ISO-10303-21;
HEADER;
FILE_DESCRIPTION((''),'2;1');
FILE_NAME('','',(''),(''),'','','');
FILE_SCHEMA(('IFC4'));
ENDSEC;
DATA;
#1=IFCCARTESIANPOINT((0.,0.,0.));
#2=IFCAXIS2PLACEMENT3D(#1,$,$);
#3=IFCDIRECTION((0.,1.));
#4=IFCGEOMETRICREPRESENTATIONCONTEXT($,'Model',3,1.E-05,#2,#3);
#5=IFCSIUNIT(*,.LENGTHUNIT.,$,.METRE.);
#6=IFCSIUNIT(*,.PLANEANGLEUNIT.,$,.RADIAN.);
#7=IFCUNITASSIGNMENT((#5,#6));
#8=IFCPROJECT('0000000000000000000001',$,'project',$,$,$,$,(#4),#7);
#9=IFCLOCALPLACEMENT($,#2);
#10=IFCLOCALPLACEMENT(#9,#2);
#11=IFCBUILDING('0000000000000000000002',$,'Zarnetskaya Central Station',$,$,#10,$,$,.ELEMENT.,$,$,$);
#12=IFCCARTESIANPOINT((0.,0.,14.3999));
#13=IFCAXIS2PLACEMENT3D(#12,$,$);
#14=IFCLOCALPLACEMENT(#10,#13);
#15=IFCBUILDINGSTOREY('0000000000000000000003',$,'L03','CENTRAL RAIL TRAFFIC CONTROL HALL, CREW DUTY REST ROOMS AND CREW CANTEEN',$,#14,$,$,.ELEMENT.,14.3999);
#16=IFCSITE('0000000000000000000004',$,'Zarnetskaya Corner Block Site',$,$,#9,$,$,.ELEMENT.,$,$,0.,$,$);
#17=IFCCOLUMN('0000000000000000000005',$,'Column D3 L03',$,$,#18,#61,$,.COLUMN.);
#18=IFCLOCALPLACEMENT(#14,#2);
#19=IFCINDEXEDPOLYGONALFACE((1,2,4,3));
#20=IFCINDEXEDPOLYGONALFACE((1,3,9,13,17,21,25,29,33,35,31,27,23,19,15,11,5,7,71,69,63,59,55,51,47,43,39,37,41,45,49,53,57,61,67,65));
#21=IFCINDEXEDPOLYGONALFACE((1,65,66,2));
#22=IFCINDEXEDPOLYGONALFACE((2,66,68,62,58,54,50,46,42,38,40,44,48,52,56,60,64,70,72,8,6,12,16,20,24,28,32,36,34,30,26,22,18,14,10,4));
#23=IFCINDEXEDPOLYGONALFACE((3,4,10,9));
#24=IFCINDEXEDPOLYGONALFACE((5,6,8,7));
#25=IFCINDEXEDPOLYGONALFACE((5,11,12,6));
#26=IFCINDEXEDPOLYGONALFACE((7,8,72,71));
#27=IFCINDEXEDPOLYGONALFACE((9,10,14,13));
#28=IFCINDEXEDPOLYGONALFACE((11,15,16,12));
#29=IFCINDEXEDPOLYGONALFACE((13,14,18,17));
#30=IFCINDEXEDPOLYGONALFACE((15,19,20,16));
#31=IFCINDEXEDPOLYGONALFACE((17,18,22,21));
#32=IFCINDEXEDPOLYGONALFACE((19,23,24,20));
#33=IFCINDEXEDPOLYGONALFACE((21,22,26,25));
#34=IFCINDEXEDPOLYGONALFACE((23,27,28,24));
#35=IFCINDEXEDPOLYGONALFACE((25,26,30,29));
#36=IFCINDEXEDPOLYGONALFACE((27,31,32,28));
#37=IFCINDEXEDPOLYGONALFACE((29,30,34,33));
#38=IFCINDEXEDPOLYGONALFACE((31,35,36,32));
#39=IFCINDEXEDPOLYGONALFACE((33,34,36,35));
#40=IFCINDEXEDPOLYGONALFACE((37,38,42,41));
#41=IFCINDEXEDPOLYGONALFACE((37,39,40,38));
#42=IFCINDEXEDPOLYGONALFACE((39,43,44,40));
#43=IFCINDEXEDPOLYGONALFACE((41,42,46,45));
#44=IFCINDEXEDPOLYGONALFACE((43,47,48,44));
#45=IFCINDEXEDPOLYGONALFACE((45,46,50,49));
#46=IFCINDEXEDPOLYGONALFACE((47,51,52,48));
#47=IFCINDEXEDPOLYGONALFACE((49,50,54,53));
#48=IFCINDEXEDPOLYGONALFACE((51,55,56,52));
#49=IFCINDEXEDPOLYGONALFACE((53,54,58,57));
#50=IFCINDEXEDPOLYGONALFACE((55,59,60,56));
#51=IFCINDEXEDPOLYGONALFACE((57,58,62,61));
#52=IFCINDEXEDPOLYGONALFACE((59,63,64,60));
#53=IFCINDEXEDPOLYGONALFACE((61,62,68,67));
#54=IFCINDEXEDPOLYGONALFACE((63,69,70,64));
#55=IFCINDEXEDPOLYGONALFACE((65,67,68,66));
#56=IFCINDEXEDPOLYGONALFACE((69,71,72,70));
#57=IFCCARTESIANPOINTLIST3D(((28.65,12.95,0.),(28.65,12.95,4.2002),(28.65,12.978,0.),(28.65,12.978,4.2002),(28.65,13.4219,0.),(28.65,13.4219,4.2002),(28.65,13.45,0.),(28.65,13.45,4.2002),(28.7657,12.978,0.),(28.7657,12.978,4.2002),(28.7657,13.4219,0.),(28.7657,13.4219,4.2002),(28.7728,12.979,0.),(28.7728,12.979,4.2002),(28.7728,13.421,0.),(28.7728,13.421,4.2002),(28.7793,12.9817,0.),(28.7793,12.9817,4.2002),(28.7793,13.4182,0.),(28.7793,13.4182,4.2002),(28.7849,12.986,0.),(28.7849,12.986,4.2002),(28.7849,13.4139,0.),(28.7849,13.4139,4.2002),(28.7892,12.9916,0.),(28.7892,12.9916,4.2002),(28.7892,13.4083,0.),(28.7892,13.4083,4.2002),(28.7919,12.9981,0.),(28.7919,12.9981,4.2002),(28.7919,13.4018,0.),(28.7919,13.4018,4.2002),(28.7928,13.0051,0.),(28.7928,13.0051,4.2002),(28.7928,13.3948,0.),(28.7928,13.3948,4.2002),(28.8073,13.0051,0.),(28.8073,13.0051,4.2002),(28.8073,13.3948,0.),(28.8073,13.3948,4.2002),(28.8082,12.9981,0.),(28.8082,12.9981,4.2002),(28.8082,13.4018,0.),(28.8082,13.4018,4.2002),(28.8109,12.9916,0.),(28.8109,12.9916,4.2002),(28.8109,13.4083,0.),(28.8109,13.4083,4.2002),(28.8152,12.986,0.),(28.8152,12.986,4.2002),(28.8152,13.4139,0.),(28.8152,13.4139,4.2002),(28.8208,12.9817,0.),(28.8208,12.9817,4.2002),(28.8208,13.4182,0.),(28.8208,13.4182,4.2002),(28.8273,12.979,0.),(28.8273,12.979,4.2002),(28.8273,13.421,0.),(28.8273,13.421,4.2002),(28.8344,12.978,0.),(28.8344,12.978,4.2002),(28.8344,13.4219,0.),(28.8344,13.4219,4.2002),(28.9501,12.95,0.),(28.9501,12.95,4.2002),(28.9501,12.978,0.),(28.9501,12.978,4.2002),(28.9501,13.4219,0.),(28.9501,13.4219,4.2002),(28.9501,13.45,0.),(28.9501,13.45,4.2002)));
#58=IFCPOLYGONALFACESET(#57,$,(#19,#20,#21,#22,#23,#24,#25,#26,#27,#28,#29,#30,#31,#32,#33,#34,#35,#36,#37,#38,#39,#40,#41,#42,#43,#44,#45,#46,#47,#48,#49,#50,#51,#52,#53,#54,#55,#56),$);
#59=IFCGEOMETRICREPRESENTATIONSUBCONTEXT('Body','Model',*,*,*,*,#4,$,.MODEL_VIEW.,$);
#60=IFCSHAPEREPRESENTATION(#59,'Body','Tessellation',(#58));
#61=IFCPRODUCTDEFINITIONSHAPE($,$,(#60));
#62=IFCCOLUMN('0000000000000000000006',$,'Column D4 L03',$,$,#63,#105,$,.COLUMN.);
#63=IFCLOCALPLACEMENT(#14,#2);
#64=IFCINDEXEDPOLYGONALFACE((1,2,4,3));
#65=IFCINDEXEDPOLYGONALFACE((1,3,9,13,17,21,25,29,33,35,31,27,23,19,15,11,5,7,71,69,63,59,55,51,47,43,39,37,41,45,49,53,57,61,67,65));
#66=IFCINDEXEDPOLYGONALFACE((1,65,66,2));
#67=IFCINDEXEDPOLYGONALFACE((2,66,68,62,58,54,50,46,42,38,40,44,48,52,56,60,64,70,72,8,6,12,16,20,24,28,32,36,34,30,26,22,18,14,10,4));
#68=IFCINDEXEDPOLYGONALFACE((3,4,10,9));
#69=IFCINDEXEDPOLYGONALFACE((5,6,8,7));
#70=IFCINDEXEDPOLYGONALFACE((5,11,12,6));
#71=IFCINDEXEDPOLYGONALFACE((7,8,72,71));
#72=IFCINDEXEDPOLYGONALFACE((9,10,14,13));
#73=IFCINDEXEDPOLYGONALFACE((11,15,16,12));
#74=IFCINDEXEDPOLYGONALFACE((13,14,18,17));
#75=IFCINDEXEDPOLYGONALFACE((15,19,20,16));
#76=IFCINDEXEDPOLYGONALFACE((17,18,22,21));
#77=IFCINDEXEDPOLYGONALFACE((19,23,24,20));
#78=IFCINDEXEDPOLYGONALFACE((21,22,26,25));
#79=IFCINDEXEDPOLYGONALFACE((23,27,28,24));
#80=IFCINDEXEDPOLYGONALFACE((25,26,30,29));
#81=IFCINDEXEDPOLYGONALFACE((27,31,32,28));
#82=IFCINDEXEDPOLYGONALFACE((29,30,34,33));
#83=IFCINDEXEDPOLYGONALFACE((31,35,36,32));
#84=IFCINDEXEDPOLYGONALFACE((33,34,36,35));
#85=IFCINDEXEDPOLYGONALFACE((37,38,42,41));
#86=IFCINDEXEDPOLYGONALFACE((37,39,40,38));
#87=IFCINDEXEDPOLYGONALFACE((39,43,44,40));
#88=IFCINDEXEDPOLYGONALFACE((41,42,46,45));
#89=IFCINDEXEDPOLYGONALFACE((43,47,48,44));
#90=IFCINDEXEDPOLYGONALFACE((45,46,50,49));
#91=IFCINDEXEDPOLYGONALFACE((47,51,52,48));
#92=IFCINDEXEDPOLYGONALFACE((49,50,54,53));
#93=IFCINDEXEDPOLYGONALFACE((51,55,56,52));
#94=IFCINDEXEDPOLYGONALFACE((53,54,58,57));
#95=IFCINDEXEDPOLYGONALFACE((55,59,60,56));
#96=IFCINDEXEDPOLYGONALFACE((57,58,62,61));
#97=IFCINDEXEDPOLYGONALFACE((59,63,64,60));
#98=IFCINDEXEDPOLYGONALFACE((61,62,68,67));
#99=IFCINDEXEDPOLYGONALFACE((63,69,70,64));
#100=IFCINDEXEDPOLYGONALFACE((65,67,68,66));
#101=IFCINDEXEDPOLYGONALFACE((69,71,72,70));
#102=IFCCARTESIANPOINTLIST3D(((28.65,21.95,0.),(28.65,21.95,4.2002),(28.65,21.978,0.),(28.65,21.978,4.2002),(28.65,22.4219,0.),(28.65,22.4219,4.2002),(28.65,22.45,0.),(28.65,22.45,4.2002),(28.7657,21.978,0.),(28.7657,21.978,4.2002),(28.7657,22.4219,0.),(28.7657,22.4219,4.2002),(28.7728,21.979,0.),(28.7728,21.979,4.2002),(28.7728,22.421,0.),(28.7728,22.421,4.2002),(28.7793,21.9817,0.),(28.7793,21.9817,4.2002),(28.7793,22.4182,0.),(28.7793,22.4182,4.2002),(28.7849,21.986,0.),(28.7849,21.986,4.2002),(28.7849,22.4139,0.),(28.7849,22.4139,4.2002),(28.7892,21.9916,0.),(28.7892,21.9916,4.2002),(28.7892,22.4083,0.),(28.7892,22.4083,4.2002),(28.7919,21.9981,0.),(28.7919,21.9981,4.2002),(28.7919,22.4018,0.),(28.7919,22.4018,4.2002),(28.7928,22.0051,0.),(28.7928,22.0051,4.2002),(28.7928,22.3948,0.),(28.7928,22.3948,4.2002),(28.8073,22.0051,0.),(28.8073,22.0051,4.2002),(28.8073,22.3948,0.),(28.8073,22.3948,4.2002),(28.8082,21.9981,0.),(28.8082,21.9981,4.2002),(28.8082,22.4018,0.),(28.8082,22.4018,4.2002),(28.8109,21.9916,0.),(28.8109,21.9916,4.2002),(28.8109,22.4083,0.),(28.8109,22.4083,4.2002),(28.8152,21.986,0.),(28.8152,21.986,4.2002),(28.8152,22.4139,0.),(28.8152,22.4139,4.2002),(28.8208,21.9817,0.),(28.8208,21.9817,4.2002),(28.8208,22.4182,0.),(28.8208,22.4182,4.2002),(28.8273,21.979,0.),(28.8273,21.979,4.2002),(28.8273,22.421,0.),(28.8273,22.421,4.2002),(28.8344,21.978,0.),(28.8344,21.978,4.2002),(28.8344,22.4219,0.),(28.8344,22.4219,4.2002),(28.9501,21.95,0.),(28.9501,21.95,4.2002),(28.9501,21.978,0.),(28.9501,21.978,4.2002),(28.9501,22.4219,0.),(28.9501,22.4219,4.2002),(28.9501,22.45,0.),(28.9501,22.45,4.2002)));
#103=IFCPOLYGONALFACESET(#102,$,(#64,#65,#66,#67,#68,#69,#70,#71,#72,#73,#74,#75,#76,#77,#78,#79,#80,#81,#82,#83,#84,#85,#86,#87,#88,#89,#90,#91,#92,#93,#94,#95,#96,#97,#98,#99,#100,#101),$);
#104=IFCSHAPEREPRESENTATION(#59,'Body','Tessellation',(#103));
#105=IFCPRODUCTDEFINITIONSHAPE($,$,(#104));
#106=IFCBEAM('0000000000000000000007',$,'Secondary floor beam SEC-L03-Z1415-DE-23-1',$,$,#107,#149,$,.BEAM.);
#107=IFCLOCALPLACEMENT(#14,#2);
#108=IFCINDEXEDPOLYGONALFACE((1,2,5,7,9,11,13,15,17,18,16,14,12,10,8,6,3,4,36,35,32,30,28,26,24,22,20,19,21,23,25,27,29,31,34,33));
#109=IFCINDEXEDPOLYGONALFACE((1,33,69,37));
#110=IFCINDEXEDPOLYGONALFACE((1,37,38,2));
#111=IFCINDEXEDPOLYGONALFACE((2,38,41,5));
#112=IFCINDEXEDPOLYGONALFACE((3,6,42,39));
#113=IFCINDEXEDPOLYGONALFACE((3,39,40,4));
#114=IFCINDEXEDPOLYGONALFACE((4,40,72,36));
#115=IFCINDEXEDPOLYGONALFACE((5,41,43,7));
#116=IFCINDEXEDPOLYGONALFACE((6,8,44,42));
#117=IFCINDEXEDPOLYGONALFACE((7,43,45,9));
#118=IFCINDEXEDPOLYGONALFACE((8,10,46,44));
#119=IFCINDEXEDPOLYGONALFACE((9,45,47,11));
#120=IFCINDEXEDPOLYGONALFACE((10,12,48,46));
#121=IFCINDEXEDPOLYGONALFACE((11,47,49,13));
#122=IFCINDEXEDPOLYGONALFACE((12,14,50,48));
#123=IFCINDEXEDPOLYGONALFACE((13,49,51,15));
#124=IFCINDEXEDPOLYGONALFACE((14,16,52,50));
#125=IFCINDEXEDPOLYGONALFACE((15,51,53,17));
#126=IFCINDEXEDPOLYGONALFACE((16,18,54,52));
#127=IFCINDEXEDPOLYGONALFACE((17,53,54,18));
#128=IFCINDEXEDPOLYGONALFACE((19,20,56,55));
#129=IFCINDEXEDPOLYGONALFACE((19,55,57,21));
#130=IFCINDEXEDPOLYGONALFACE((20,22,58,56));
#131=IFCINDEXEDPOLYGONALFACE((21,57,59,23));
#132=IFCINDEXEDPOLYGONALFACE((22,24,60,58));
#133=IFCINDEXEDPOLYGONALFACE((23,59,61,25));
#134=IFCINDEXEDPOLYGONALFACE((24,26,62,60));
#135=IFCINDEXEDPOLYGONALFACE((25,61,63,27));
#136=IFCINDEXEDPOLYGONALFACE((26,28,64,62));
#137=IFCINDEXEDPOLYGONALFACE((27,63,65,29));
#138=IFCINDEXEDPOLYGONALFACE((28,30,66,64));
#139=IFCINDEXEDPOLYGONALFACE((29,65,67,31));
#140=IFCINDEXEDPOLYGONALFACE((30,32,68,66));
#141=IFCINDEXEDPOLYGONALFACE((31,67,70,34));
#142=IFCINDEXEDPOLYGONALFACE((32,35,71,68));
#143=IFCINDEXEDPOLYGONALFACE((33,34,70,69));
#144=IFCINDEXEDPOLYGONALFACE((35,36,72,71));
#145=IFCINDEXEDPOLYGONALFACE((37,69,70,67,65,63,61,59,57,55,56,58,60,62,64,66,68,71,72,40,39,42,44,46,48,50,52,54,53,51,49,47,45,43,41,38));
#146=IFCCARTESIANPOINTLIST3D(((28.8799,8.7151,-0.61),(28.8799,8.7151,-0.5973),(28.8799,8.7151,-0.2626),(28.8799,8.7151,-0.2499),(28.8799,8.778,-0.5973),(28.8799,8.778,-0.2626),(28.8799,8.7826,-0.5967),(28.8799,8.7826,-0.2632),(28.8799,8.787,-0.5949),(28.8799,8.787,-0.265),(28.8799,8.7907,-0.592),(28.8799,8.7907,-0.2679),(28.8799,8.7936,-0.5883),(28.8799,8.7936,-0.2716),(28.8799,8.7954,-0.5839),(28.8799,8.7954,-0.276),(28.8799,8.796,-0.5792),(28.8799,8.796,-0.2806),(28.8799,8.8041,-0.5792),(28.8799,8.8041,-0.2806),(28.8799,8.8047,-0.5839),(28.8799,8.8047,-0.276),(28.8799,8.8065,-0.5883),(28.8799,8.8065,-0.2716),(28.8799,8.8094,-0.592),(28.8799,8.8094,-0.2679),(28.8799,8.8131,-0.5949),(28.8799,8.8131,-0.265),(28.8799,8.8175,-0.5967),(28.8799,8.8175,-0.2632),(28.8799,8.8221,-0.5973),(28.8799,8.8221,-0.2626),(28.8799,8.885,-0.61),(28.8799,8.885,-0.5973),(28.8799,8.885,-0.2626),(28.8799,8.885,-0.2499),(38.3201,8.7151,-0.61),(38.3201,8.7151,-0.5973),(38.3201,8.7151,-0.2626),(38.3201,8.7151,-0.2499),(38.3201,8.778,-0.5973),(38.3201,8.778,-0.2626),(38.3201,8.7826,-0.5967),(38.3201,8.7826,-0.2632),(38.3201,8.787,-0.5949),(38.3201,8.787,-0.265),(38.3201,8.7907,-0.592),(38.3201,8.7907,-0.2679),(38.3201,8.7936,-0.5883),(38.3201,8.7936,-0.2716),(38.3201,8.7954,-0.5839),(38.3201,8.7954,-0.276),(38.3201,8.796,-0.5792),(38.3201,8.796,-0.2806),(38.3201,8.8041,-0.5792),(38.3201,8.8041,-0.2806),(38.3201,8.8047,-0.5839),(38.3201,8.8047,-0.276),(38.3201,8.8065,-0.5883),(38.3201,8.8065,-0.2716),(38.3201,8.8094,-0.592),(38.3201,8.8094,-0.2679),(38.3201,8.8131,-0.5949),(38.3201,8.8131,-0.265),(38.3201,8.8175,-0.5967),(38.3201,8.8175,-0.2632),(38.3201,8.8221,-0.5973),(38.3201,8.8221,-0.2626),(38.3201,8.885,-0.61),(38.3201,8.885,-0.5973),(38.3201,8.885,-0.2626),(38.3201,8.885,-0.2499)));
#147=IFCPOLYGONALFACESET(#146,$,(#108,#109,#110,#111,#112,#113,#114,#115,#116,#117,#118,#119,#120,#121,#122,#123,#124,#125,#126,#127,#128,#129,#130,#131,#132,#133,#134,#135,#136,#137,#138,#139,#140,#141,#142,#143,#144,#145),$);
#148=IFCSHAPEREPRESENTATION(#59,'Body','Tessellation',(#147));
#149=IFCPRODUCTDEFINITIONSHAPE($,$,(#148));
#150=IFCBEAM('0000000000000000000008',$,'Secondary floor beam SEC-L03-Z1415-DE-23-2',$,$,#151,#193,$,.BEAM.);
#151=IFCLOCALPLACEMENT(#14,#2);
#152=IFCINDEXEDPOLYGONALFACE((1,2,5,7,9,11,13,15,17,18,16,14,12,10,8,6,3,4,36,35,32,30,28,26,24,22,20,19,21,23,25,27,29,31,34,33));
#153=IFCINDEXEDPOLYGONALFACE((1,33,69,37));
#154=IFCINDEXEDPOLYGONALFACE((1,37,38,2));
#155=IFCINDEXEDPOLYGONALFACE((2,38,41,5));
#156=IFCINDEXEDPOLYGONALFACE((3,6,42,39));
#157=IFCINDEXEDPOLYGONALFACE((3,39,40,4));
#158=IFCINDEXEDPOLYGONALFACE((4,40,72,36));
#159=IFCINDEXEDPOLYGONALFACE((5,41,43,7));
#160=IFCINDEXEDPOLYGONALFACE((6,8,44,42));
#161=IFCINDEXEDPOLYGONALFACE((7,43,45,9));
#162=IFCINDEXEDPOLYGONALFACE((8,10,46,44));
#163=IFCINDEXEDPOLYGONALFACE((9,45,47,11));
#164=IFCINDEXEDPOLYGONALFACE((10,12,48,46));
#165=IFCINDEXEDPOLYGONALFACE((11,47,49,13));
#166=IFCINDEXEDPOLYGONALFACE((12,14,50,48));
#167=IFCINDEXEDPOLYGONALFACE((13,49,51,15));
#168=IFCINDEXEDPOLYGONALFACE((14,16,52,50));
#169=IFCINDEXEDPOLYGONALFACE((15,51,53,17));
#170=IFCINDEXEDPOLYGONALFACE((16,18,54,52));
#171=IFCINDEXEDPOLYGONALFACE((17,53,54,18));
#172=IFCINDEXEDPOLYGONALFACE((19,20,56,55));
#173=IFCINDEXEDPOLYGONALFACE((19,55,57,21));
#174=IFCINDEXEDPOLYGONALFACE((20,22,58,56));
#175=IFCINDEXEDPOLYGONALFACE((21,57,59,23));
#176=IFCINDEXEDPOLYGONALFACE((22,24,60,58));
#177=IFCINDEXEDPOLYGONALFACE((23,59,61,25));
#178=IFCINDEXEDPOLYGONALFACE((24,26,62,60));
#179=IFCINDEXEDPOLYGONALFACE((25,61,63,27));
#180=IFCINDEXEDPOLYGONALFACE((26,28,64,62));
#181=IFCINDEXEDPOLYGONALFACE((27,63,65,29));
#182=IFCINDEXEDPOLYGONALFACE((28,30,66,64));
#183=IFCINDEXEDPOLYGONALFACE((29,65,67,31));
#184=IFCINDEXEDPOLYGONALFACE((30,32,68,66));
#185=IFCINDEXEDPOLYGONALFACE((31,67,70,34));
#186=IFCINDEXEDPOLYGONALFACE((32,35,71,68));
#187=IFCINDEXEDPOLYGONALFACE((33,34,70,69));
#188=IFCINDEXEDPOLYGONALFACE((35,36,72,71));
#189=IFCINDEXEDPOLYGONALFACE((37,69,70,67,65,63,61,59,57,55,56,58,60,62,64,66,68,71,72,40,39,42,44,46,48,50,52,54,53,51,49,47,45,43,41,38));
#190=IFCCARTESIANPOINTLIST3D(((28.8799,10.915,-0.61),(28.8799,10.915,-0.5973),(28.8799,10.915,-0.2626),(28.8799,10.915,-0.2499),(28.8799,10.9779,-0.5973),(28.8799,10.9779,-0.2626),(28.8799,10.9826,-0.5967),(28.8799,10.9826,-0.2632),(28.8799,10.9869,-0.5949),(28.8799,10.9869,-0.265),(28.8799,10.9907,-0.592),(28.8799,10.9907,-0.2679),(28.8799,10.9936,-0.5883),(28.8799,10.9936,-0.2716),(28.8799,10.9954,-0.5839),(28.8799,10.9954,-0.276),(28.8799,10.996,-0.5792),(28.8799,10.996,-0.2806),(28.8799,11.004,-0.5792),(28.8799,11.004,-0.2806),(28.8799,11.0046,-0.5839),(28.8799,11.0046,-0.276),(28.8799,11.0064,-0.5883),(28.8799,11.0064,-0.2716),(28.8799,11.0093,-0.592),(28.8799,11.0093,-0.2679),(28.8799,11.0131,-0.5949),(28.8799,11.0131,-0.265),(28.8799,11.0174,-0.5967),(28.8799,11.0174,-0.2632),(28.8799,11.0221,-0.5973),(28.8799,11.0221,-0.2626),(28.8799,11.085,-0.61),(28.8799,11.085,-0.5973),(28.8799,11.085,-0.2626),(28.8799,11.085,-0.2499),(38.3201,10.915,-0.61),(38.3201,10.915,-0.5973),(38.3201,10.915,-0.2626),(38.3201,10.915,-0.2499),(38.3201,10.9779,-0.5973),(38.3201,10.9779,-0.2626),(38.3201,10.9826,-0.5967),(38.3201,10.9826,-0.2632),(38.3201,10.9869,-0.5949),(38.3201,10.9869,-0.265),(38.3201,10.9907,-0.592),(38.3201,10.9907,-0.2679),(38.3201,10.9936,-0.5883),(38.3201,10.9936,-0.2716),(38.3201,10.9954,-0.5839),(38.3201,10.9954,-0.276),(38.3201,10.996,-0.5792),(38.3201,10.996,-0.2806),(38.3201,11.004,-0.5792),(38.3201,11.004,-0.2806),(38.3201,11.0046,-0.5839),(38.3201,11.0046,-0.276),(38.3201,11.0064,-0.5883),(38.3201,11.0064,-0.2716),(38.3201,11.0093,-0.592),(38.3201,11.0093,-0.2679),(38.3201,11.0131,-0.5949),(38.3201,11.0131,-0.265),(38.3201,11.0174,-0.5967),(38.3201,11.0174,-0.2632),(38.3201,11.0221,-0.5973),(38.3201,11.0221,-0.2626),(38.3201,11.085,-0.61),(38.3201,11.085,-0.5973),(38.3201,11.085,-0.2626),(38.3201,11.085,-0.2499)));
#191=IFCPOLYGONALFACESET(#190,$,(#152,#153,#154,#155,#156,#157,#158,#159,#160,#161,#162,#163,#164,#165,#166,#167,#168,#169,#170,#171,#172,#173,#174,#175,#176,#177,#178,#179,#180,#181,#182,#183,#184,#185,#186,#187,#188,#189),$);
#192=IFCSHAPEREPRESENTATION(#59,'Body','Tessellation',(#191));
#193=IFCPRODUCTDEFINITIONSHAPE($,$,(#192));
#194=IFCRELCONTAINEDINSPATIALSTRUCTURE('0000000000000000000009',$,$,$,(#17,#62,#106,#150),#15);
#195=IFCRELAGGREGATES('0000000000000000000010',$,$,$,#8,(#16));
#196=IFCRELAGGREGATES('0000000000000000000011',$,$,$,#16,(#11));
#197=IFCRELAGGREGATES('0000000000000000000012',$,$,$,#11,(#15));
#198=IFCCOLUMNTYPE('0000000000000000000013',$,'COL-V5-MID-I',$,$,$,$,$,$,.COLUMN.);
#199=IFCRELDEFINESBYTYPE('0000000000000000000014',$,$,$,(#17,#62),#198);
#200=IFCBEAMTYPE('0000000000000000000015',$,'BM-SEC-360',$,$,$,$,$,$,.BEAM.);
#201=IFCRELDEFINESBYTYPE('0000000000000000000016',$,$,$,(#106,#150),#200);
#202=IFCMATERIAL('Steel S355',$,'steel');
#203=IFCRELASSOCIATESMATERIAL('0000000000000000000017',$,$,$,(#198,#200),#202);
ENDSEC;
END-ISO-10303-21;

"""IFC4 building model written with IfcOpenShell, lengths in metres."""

from ifc_helpers import new_model, si_unit, direction, frame, origin, origin_2d, place, context, subcontext, project, spatial, i_section, extrude, material, material_profile, profile_set, type_object, element, save


model = new_model("IFC4")

# Units and contexts
model_context = context("Model", 3, precision=1e-05, world=origin(), true_north=direction((0.0, 1.0)))
body_context = subcontext(model_context, "Body", "Model", "MODEL_VIEW")
ifc_project = project(units=[si_unit("LENGTHUNIT", "METRE"), si_unit("PLANEANGLEUNIT", "RADIAN")], contexts=[model_context])

# Site, building, storey
site_placement = place(None, origin())
site = spatial("IfcSite", under=ifc_project, at=site_placement, Name="Zarnetskaya Corner Block Site", CompositionType="ELEMENT", RefElevation=0.0)
building_placement = place(site_placement, origin())
building = spatial("IfcBuilding", under=site, at=building_placement, Name="Zarnetskaya Central Station", CompositionType="ELEMENT")
storey_placement = place(building_placement, frame((0.0, 0.0, 14.3999)))
storey = spatial("IfcBuildingStorey", under=building, at=storey_placement, Name="L03", Description="CENTRAL RAIL TRAFFIC CONTROL HALL, CREW DUTY REST ROOMS AND CREW CANTEEN", CompositionType="ELEMENT", Elevation=14.3999)

# Columns
ifc_material_1 = material(Name="Steel S355", Category="steel")
ifc_material_profile_1 = material_profile(ifc_material_1, i_section(OverallWidth=0.3, OverallDepth=0.5, WebThickness=0.0144, FlangeThickness=0.0281, FilletRadius=0.0271, at=origin_2d()), Name="HEB 500")
ifc_profile_set_1 = profile_set([ifc_material_profile_1], Name="Steel S355")
column_type = type_object("IfcColumnType", Name="COL-V5-MID-I", PredefinedType="COLUMN", material=ifc_profile_set_1)
for number, where, z_axis, x_axis, name in (
    (1, (28.8, 13.2, 0.0), (0.0, 0.0, 1.0), (1.0, 0.0, 0.0), "Column D3 L03"),
    (2, (28.8, 22.2, 0.0), (0.0, 0.0, 1.0), (1.0, 0.0, 0.0), "Column D4 L03"),
):
    element("IfcColumn", number, at=place(storey_placement, frame(where, z_axis=z_axis, x_axis=x_axis)), inside=storey, type_object=column_type, Name=name, PredefinedType="COLUMN", context=body_context, shape_type="SweptSolid", body=[
        extrude(i_section(OverallWidth=0.3, OverallDepth=0.5, WebThickness=0.0144, FlangeThickness=0.0281, FilletRadius=0.0271, at=origin_2d()), origin(), (0.0, 0.0, 1.0), 4.2002),
    ])

# Beams
ifc_material_profile_2 = material_profile(ifc_material_1, i_section(OverallWidth=0.1699, OverallDepth=0.3601, WebThickness=0.0081, FlangeThickness=0.0127, FilletRadius=0.0181, at=origin_2d()), Name="IPE 360")
ifc_profile_set_2 = profile_set([ifc_material_profile_2], Name="Steel S355")
beam_type_1 = type_object("IfcBeamType", Name="BM-SEC-360", PredefinedType="BEAM", material=ifc_profile_set_2)
for number, where, z_axis, x_axis, name in (
    (3, (28.8799, 8.8, -0.4299), (1.0, 0.0, 0.0), (0.0, 1.0, 0.0), "Secondary floor beam SEC-L03-Z1415-DE-23-1"),
    (4, (28.8799, 11.0, -0.4299), (1.0, 0.0, 0.0), (0.0, 1.0, 0.0), "Secondary floor beam SEC-L03-Z1415-DE-23-2"),
):
    element("IfcBeam", number, at=place(storey_placement, frame(where, z_axis=z_axis, x_axis=x_axis)), inside=storey, type_object=beam_type_1, Name=name, PredefinedType="BEAM", context=body_context, shape_type="SweptSolid", body=[
        extrude(i_section(OverallWidth=0.1699, OverallDepth=0.3601, WebThickness=0.0081, FlangeThickness=0.0127, FilletRadius=0.0181, at=origin_2d()), origin(), (0.0, 0.0, 1.0), 9.4402),
    ])

save(model, "model.ifc")
